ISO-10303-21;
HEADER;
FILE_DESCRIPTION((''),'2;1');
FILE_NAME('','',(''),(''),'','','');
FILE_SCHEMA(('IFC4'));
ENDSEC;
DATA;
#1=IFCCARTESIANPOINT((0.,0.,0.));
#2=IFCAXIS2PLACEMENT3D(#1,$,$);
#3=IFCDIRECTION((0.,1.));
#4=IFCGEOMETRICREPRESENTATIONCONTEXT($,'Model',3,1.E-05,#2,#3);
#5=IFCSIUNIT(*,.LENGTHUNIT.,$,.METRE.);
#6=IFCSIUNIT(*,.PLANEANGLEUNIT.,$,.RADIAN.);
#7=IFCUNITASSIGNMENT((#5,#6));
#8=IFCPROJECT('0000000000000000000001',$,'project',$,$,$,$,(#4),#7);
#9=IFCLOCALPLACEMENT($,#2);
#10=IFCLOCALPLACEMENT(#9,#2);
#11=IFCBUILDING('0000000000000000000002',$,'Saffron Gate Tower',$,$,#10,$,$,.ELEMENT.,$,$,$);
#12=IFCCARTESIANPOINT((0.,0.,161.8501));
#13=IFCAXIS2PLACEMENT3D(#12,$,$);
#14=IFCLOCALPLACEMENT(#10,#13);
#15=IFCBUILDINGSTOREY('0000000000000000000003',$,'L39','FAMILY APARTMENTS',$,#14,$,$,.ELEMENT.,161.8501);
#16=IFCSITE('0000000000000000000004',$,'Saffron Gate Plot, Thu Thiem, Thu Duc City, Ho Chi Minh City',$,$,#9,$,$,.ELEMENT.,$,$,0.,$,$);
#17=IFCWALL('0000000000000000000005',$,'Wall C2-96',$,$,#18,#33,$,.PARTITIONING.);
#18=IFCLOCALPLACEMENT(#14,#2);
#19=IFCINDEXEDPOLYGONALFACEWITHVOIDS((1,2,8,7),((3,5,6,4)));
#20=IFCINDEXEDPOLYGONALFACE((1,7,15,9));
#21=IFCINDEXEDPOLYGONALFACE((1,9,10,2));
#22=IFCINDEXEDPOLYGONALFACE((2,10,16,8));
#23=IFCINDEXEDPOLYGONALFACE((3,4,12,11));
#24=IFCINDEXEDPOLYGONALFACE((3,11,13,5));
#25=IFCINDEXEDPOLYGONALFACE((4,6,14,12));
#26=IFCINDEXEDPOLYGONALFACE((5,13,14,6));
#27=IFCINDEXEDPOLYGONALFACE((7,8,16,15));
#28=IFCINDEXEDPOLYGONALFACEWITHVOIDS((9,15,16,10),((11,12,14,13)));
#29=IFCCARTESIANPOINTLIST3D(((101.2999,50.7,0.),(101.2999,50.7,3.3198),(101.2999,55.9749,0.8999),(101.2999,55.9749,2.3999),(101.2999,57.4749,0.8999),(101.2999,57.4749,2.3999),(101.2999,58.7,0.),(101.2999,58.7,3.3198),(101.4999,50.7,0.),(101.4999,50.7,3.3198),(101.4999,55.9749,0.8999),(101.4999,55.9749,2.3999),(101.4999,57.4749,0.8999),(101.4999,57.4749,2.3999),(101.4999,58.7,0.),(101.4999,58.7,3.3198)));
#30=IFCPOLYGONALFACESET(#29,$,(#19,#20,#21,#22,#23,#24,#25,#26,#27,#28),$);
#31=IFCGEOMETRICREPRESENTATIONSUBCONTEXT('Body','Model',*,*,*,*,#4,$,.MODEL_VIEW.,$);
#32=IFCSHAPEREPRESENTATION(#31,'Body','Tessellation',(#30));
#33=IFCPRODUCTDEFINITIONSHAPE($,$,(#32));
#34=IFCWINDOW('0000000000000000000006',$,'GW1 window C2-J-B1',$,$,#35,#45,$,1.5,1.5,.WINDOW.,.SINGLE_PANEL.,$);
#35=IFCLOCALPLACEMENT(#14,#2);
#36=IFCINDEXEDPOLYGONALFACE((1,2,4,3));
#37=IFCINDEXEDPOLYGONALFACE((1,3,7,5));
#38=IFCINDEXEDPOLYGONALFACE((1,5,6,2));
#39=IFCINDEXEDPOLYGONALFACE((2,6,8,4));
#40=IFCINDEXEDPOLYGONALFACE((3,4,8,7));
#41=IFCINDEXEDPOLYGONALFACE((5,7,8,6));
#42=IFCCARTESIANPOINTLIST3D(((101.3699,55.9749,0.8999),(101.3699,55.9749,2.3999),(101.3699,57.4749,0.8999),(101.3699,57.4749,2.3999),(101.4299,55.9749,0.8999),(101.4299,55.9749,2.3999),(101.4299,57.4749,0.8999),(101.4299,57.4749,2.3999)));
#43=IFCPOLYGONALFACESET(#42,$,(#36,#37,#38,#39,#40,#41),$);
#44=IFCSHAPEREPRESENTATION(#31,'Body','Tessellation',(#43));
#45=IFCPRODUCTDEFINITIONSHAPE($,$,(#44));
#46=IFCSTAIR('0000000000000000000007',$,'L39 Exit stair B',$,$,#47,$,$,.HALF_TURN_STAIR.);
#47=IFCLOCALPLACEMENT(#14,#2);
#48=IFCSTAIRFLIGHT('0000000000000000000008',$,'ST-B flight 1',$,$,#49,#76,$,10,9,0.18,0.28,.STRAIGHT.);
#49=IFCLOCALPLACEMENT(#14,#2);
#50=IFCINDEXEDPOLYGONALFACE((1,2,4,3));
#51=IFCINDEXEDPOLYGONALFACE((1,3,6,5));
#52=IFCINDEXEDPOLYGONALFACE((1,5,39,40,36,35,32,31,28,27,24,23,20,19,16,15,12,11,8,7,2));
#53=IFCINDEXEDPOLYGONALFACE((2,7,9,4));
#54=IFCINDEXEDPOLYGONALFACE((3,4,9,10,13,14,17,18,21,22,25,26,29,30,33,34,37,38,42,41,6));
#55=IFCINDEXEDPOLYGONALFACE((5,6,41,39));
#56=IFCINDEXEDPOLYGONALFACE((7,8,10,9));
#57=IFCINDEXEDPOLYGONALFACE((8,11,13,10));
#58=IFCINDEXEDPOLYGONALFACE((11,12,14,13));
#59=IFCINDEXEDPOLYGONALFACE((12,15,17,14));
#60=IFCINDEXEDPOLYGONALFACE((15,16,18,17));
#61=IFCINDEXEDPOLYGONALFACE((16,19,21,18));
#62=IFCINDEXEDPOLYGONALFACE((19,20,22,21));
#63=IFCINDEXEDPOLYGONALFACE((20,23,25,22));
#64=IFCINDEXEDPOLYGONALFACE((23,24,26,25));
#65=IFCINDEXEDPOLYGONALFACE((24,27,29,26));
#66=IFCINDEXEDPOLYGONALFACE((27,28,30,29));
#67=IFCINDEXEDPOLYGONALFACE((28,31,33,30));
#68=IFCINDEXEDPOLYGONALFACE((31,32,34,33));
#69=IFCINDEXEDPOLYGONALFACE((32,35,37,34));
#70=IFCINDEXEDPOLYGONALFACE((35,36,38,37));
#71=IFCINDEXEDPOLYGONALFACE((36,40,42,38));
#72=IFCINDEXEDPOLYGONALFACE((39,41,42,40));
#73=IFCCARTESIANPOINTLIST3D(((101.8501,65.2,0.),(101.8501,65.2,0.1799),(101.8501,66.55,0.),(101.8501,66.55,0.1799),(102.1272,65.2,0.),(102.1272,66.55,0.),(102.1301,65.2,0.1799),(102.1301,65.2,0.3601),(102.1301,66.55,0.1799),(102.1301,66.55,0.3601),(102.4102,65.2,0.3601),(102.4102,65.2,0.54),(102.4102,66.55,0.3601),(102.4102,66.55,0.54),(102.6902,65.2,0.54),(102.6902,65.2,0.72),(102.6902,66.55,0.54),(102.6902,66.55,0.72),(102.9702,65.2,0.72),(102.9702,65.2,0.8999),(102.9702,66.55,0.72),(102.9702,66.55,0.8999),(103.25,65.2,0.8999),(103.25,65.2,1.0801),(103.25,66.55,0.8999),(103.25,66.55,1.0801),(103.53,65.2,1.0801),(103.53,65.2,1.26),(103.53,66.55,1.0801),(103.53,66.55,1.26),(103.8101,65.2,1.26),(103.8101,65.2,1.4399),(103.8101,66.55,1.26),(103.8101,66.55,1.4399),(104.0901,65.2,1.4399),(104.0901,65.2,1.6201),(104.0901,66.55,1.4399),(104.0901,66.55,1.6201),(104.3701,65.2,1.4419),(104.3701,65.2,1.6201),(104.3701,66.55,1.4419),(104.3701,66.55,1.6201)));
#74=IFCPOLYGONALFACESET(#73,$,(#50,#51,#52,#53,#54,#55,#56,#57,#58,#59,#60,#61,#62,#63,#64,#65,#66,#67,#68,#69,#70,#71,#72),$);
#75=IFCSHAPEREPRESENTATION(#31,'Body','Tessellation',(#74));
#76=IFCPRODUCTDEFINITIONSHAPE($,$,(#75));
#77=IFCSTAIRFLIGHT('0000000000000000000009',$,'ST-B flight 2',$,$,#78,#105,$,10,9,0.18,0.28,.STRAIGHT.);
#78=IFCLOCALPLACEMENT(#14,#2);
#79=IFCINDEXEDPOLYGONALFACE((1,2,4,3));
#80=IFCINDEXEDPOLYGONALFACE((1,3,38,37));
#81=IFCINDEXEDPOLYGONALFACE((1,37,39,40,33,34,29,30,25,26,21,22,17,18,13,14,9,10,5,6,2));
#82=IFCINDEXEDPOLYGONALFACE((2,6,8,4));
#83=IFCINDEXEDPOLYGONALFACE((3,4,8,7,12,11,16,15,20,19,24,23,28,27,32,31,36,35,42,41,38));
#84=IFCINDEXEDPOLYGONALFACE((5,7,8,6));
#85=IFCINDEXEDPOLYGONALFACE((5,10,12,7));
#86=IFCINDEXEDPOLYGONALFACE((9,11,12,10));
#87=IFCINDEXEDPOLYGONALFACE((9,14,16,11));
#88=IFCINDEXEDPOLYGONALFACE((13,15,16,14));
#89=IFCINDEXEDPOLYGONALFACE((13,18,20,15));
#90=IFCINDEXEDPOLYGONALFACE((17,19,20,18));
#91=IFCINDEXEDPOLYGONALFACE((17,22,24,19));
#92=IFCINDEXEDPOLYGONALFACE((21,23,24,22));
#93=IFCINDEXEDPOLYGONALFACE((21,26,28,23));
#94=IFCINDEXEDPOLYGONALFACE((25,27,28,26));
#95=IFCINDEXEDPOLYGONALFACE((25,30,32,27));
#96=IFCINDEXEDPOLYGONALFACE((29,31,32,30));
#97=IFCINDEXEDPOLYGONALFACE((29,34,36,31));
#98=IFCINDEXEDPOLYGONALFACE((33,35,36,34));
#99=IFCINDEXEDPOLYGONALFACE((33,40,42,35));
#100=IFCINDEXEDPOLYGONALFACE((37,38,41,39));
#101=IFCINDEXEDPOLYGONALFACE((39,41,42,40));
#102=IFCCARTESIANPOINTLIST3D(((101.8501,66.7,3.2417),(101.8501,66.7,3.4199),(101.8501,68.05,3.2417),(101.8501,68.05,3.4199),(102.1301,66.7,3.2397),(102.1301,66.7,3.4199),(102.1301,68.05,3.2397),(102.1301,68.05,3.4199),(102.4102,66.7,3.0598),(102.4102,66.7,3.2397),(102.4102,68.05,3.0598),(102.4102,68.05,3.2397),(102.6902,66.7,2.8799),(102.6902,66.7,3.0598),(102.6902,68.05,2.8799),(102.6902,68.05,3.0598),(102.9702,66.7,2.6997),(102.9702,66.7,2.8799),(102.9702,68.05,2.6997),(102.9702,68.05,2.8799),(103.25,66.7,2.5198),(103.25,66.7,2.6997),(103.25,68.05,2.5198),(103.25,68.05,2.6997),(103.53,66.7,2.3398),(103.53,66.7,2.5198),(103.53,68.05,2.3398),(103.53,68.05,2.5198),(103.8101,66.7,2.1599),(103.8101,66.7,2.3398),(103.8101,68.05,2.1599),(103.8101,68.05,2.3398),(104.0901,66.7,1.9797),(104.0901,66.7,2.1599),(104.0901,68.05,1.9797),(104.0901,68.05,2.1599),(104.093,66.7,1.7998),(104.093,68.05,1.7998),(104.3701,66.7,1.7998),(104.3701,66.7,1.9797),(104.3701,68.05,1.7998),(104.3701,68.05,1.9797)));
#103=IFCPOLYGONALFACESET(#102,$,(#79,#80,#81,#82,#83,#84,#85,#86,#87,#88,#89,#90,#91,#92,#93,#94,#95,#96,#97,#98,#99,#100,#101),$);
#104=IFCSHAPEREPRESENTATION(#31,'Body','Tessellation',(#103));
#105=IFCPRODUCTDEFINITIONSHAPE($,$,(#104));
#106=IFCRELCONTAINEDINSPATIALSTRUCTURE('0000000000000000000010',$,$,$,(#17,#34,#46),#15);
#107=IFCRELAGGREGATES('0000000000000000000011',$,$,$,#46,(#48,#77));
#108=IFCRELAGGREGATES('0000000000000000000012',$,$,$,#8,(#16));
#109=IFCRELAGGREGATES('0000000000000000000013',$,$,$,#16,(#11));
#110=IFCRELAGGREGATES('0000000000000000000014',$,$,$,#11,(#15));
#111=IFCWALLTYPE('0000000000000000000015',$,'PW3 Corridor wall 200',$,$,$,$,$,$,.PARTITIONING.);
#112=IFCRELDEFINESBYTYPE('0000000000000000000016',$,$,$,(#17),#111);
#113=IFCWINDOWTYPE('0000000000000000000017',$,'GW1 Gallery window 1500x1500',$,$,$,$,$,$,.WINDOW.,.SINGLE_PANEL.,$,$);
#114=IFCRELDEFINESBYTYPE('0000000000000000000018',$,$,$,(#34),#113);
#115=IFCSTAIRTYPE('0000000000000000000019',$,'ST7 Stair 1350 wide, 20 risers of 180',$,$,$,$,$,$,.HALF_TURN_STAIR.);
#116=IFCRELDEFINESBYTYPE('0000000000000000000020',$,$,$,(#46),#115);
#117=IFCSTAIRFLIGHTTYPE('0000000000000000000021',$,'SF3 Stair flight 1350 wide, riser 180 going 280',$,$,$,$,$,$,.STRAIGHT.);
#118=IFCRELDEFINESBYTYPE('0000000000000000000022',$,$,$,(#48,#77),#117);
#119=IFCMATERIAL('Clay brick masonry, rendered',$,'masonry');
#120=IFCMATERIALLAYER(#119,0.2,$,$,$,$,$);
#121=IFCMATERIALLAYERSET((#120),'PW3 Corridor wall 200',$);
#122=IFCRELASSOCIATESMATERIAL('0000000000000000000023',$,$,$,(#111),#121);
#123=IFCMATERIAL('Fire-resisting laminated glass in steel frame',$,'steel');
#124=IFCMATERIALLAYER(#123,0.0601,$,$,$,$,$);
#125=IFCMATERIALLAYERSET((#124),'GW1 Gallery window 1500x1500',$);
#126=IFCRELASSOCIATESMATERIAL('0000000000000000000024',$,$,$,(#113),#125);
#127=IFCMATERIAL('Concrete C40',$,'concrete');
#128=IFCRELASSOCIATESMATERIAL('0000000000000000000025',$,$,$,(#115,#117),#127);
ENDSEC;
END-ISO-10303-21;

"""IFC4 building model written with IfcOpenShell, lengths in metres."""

from ifc_helpers import new_model, si_unit, direction, frame, frame_2d, origin, place, context, subcontext, project, spatial, polyline, rectangle, outline, extrude, material, layer, layer_set, type_object, element, fill, aggregate, save


model = new_model("IFC4")

# Units and contexts
model_context = context("Model", 3, precision=1e-05, world=origin(), true_north=direction((0.0, 1.0)))
body_context = subcontext(model_context, "Body", "Model", "MODEL_VIEW")
ifc_project = project(units=[si_unit("LENGTHUNIT", "METRE"), si_unit("PLANEANGLEUNIT", "RADIAN")], contexts=[model_context])

# Site, building, storey
site_placement = place(None, origin())
site = spatial("IfcSite", under=ifc_project, at=site_placement, Name="Saffron Gate Plot, Thu Thiem, Thu Duc City, Ho Chi Minh City", CompositionType="ELEMENT", RefElevation=0.0)
building_placement = place(site_placement, origin())
building = spatial("IfcBuilding", under=site, at=building_placement, Name="Saffron Gate Tower", CompositionType="ELEMENT")
storey_placement = place(building_placement, frame((0.0, 0.0, 161.8501)))
storey = spatial("IfcBuildingStorey", under=building, at=storey_placement, Name="L39", Description="FAMILY APARTMENTS", CompositionType="ELEMENT", Elevation=161.8501)

# Shared definitions
ifc_material_1 = material(Name="Clay brick masonry, rendered", Category="masonry")
ifc_layer_1 = layer(ifc_material_1, 0.2)
ifc_layer_set_1 = layer_set([ifc_layer_1], Name="PW3 Corridor wall 200")
wall_type_1 = type_object("IfcWallType", Name="PW3 Corridor wall 200", PredefinedType="PARTITIONING", material=ifc_layer_set_1)

# Wall, opening, window
wall_1_placement = place(storey_placement, frame((101.3999, 58.7, 0.0), z_axis=(0.0, 0.0, 1.0), x_axis=(0.0, -1.0, 0.0)))
wall_1 = element("IfcWall", 1, at=wall_1_placement, inside=storey, type_object=wall_type_1, Name="Wall C2-96", PredefinedType="PARTITIONING", context=body_context, shape_type="SweptSolid", body=[
    extrude(rectangle(XDim=8.0, YDim=0.2, at=frame_2d((4.0, 0.0))), origin(), (0.0, 0.0, 1.0), 3.3198),
])
opening_1_placement = place(wall_1_placement, frame((1.2251, 0.0, 0.8999)))
opening_1 = element("IfcOpeningElement", 2, at=opening_1_placement, cuts=wall_1, PredefinedType="OPENING", context=body_context, shape_type="SweptSolid", body=[
    extrude(rectangle(XDim=1.5, YDim=1.5, at=frame_2d((0.75, 0.75))), frame((0.0, 0.1099, 0.0), z_axis=(0.0, -1.0, 0.0), x_axis=(1.0, 0.0, 0.0)), (0.0, 0.0, 1.0), 0.22),
])
ifc_material_2 = material(Name="Fire-resisting laminated glass in steel frame", Category="steel")
ifc_layer_2 = layer(ifc_material_2, 0.0601)
ifc_layer_set_2 = layer_set([ifc_layer_2], Name="GW1 Gallery window 1500x1500")
window_type = type_object("IfcWindowType", Name="GW1 Gallery window 1500x1500", PartitioningType="SINGLE_PANEL", PredefinedType="WINDOW", material=ifc_layer_set_2)
window_placement = place(opening_1_placement, origin())
window = element("IfcWindow", 3, at=window_placement, inside=storey, type_object=window_type, Name="GW1 window C2-J-B1", OverallHeight=1.5, OverallWidth=1.5, PartitioningType="SINGLE_PANEL", PredefinedType="WINDOW", context=body_context, shape_type="SweptSolid", body=[
    extrude(rectangle(XDim=1.5, YDim=1.5, at=frame_2d((0.75, 0.75))), frame((0.0, 0.03, 0.0), z_axis=(0.0, -1.0, 0.0), x_axis=(1.0, 0.0, 0.0)), (0.0, 0.0, 1.0), 0.0601),
])
fill(opening_1, window)

# Stair, stair flights
ifc_material_3 = material(Name="Concrete C40", Category="concrete")
stair_type = type_object("IfcStairType", Name="ST7 Stair 1350 wide, 20 risers of 180", PredefinedType="HALF_TURN_STAIR", material=ifc_material_3)
stair_placement = place(storey_placement, origin())
stair = element("IfcStair", 4, at=stair_placement, inside=storey, type_object=stair_type, Name="L39 Exit stair B", PredefinedType="HALF_TURN_STAIR")
stair_flight_type = type_object("IfcStairFlightType", Name="SF3 Stair flight 1350 wide, riser 180 going 280", PredefinedType="STRAIGHT", material=ifc_material_3)
stair_flight_1_placement = place(storey_placement, frame((101.8501, 65.875, 0.0), z_axis=(0.0, 0.0, 1.0), x_axis=(1.0, 0.0, 0.0)))
stair_flight_1 = element("IfcStairFlight", 5, at=stair_flight_1_placement, type_object=stair_flight_type, Name="ST-B flight 1", NumberOfRisers=10, NumberOfTreads=9, PredefinedType="STRAIGHT", RiserHeight=0.18, TreadLength=0.28, context=body_context, shape_type="SweptSolid", body=[
    extrude(outline(polyline([(0.0, 0.0), (0.0, 0.1799), (0.28, 0.1799), (0.28, 0.3601), (0.5601, 0.3601), (0.5601, 0.54), (0.8401, 0.54), (0.8401, 0.72), (1.1201, 0.72), (1.1201, 0.8999), (1.3999, 0.8999), (1.3999, 1.0801), (1.6799, 1.0801), (1.6799, 1.26), (1.96, 1.26), (1.96, 1.4399), (2.24, 1.4399), (2.24, 1.6201), (2.52, 1.6201), (2.52, 1.8), (2.52, 1.4419), (0.2771, 0.0), (0.0, 0.0)])), frame((0.0, 0.675, 0.0), z_axis=(0.0, -1.0, 0.0), x_axis=(1.0, 0.0, 0.0)), (0.0, 0.0, 1.0), 1.3501),
])
stair_flight_2_placement = place(storey_placement, frame((104.3701, 67.375, 1.7998), z_axis=(0.0, 0.0, 1.0), x_axis=(-1.0, 0.0, 0.0)))
stair_flight_2 = element("IfcStairFlight", 6, at=stair_flight_2_placement, type_object=stair_flight_type, Name="ST-B flight 2", NumberOfRisers=10, NumberOfTreads=9, PredefinedType="STRAIGHT", RiserHeight=0.18, TreadLength=0.28, context=body_context, shape_type="SweptSolid", body=[
    extrude(outline(polyline([(0.0, 0.0), (0.0, 0.1799), (0.28, 0.1799), (0.28, 0.3601), (0.5601, 0.3601), (0.5601, 0.54), (0.8401, 0.54), (0.8401, 0.72), (1.1201, 0.72), (1.1201, 0.8999), (1.3999, 0.8999), (1.3999, 1.0801), (1.6799, 1.0801), (1.6799, 1.26), (1.96, 1.26), (1.96, 1.4399), (2.24, 1.4399), (2.24, 1.6201), (2.52, 1.6201), (2.52, 1.8), (2.52, 1.4419), (0.2771, 0.0), (0.0, 0.0)])), frame((0.0, 0.675, 0.0), z_axis=(0.0, -1.0, 0.0), x_axis=(1.0, 0.0, 0.0)), (0.0, 0.0, 1.0), 1.3501),
])
aggregate(stair, [stair_flight_1, stair_flight_2])

save(model, "model.ifc")
